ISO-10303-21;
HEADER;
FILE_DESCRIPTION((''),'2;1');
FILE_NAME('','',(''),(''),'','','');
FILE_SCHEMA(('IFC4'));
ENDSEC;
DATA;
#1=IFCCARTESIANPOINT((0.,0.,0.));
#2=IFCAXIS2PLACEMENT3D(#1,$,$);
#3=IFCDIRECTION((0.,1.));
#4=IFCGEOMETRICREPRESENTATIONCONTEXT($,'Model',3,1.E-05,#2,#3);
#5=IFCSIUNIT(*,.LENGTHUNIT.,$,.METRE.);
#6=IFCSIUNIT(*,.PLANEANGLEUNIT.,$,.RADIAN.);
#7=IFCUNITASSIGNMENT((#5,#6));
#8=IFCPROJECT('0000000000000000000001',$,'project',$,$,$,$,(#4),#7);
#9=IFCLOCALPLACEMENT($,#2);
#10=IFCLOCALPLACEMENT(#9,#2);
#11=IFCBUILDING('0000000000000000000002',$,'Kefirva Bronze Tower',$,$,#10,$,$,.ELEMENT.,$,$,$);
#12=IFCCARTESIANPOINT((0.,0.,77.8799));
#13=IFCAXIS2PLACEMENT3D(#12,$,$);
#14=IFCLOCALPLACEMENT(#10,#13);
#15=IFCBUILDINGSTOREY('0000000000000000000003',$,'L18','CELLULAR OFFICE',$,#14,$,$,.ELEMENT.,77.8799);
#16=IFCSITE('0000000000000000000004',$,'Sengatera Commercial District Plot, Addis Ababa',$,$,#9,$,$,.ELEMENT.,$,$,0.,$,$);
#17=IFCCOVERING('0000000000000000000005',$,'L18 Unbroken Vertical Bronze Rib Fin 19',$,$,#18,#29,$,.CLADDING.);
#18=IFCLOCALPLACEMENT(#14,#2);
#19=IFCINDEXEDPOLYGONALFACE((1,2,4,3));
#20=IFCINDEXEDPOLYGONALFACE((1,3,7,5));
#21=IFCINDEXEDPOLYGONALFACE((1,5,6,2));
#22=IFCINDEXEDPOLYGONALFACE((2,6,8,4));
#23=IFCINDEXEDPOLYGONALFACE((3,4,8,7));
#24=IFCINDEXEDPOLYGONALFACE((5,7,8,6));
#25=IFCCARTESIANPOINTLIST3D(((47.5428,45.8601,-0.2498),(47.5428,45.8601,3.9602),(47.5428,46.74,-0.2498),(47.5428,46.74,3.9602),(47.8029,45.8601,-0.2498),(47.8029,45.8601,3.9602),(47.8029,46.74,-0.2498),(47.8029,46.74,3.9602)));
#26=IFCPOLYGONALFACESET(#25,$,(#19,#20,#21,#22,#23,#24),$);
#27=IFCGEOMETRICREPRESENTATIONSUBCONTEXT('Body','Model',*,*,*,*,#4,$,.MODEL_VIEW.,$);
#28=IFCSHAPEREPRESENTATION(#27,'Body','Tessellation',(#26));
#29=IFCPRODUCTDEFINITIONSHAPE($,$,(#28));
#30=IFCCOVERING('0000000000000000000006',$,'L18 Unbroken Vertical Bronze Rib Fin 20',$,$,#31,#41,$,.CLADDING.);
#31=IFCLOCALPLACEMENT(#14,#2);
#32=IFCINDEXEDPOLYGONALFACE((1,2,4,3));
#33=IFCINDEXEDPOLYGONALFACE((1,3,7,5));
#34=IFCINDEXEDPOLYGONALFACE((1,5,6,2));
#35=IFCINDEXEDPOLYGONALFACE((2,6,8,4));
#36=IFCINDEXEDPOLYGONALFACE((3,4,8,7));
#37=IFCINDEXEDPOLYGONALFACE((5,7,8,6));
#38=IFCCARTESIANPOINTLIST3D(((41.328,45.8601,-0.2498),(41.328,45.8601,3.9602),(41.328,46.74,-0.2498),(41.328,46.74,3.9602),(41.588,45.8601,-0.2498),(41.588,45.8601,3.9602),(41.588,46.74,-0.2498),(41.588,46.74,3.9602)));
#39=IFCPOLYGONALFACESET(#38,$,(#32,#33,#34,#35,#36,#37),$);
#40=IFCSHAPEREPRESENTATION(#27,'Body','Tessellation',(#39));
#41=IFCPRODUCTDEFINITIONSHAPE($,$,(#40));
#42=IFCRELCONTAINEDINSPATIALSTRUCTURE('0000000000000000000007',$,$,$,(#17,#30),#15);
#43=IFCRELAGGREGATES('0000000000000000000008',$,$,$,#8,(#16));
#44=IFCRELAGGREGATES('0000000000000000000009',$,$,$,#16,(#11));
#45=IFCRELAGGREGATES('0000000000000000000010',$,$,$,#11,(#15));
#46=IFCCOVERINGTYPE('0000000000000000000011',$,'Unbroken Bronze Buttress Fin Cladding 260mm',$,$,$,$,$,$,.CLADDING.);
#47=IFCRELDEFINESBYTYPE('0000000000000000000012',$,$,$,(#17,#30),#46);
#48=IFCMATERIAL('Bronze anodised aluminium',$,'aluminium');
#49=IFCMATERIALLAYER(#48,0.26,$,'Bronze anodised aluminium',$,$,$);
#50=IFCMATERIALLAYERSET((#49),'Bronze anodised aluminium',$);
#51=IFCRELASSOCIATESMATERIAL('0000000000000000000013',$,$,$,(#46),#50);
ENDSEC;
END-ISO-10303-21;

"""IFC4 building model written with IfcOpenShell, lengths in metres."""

from ifc_helpers import new_model, si_unit, direction, frame, origin, origin_2d, place, context, subcontext, project, spatial, rectangle, extrude, material, layer, layer_set, type_object, element, save


model = new_model("IFC4")

# Units and contexts
model_context = context("Model", 3, precision=1e-05, world=origin(), true_north=direction((0.0, 1.0)))
body_context = subcontext(model_context, "Body", "Model", "MODEL_VIEW")
ifc_project = project(units=[si_unit("LENGTHUNIT", "METRE"), si_unit("PLANEANGLEUNIT", "RADIAN")], contexts=[model_context])

# Site, building, storey
site_placement = place(None, origin())
site = spatial("IfcSite", under=ifc_project, at=site_placement, Name="Sengatera Commercial District Plot, Addis Ababa", CompositionType="ELEMENT", RefElevation=0.0)
building_placement = place(site_placement, origin())
building = spatial("IfcBuilding", under=site, at=building_placement, Name="Kefirva Bronze Tower", CompositionType="ELEMENT")
storey_placement = place(building_placement, frame((0.0, 0.0, 77.8799)))
storey = spatial("IfcBuildingStorey", under=building, at=storey_placement, Name="L18", Description="CELLULAR OFFICE", CompositionType="ELEMENT", Elevation=77.8799)

# Shared definitions
ifc_material_1 = material(Name="Bronze anodised aluminium", Category="aluminium")

# Coverings
ifc_layer_1 = layer(ifc_material_1, 0.26, Name="Bronze anodised aluminium")
ifc_layer_set_1 = layer_set([ifc_layer_1], Name="Bronze anodised aluminium")
covering_type_1 = type_object("IfcCoveringType", Name="Unbroken Bronze Buttress Fin Cladding 260mm", PredefinedType="CLADDING", material=ifc_layer_set_1)
for number, where, z_axis, x_axis, name in (
    (1, (47.6729, 46.3, -0.2498), (0.0, 0.0, 1.0), (-1.0, 0.0, 0.0), "L18 Unbroken Vertical Bronze Rib Fin 19"),
    (2, (41.458, 46.3, -0.2498), (0.0, 0.0, 1.0), (-1.0, 0.0, 0.0), "L18 Unbroken Vertical Bronze Rib Fin 20"),
):
    element("IfcCovering", number, at=place(storey_placement, frame(where, z_axis=z_axis, x_axis=x_axis)), inside=storey, type_object=covering_type_1, Name=name, PredefinedType="CLADDING", context=body_context, shape_type="SweptSolid", body=[
        extrude(rectangle(XDim=0.26, YDim=0.8799, at=origin_2d()), origin(), (0.0, 0.0, 1.0), 4.21),
    ])

save(model, "model.ifc")
